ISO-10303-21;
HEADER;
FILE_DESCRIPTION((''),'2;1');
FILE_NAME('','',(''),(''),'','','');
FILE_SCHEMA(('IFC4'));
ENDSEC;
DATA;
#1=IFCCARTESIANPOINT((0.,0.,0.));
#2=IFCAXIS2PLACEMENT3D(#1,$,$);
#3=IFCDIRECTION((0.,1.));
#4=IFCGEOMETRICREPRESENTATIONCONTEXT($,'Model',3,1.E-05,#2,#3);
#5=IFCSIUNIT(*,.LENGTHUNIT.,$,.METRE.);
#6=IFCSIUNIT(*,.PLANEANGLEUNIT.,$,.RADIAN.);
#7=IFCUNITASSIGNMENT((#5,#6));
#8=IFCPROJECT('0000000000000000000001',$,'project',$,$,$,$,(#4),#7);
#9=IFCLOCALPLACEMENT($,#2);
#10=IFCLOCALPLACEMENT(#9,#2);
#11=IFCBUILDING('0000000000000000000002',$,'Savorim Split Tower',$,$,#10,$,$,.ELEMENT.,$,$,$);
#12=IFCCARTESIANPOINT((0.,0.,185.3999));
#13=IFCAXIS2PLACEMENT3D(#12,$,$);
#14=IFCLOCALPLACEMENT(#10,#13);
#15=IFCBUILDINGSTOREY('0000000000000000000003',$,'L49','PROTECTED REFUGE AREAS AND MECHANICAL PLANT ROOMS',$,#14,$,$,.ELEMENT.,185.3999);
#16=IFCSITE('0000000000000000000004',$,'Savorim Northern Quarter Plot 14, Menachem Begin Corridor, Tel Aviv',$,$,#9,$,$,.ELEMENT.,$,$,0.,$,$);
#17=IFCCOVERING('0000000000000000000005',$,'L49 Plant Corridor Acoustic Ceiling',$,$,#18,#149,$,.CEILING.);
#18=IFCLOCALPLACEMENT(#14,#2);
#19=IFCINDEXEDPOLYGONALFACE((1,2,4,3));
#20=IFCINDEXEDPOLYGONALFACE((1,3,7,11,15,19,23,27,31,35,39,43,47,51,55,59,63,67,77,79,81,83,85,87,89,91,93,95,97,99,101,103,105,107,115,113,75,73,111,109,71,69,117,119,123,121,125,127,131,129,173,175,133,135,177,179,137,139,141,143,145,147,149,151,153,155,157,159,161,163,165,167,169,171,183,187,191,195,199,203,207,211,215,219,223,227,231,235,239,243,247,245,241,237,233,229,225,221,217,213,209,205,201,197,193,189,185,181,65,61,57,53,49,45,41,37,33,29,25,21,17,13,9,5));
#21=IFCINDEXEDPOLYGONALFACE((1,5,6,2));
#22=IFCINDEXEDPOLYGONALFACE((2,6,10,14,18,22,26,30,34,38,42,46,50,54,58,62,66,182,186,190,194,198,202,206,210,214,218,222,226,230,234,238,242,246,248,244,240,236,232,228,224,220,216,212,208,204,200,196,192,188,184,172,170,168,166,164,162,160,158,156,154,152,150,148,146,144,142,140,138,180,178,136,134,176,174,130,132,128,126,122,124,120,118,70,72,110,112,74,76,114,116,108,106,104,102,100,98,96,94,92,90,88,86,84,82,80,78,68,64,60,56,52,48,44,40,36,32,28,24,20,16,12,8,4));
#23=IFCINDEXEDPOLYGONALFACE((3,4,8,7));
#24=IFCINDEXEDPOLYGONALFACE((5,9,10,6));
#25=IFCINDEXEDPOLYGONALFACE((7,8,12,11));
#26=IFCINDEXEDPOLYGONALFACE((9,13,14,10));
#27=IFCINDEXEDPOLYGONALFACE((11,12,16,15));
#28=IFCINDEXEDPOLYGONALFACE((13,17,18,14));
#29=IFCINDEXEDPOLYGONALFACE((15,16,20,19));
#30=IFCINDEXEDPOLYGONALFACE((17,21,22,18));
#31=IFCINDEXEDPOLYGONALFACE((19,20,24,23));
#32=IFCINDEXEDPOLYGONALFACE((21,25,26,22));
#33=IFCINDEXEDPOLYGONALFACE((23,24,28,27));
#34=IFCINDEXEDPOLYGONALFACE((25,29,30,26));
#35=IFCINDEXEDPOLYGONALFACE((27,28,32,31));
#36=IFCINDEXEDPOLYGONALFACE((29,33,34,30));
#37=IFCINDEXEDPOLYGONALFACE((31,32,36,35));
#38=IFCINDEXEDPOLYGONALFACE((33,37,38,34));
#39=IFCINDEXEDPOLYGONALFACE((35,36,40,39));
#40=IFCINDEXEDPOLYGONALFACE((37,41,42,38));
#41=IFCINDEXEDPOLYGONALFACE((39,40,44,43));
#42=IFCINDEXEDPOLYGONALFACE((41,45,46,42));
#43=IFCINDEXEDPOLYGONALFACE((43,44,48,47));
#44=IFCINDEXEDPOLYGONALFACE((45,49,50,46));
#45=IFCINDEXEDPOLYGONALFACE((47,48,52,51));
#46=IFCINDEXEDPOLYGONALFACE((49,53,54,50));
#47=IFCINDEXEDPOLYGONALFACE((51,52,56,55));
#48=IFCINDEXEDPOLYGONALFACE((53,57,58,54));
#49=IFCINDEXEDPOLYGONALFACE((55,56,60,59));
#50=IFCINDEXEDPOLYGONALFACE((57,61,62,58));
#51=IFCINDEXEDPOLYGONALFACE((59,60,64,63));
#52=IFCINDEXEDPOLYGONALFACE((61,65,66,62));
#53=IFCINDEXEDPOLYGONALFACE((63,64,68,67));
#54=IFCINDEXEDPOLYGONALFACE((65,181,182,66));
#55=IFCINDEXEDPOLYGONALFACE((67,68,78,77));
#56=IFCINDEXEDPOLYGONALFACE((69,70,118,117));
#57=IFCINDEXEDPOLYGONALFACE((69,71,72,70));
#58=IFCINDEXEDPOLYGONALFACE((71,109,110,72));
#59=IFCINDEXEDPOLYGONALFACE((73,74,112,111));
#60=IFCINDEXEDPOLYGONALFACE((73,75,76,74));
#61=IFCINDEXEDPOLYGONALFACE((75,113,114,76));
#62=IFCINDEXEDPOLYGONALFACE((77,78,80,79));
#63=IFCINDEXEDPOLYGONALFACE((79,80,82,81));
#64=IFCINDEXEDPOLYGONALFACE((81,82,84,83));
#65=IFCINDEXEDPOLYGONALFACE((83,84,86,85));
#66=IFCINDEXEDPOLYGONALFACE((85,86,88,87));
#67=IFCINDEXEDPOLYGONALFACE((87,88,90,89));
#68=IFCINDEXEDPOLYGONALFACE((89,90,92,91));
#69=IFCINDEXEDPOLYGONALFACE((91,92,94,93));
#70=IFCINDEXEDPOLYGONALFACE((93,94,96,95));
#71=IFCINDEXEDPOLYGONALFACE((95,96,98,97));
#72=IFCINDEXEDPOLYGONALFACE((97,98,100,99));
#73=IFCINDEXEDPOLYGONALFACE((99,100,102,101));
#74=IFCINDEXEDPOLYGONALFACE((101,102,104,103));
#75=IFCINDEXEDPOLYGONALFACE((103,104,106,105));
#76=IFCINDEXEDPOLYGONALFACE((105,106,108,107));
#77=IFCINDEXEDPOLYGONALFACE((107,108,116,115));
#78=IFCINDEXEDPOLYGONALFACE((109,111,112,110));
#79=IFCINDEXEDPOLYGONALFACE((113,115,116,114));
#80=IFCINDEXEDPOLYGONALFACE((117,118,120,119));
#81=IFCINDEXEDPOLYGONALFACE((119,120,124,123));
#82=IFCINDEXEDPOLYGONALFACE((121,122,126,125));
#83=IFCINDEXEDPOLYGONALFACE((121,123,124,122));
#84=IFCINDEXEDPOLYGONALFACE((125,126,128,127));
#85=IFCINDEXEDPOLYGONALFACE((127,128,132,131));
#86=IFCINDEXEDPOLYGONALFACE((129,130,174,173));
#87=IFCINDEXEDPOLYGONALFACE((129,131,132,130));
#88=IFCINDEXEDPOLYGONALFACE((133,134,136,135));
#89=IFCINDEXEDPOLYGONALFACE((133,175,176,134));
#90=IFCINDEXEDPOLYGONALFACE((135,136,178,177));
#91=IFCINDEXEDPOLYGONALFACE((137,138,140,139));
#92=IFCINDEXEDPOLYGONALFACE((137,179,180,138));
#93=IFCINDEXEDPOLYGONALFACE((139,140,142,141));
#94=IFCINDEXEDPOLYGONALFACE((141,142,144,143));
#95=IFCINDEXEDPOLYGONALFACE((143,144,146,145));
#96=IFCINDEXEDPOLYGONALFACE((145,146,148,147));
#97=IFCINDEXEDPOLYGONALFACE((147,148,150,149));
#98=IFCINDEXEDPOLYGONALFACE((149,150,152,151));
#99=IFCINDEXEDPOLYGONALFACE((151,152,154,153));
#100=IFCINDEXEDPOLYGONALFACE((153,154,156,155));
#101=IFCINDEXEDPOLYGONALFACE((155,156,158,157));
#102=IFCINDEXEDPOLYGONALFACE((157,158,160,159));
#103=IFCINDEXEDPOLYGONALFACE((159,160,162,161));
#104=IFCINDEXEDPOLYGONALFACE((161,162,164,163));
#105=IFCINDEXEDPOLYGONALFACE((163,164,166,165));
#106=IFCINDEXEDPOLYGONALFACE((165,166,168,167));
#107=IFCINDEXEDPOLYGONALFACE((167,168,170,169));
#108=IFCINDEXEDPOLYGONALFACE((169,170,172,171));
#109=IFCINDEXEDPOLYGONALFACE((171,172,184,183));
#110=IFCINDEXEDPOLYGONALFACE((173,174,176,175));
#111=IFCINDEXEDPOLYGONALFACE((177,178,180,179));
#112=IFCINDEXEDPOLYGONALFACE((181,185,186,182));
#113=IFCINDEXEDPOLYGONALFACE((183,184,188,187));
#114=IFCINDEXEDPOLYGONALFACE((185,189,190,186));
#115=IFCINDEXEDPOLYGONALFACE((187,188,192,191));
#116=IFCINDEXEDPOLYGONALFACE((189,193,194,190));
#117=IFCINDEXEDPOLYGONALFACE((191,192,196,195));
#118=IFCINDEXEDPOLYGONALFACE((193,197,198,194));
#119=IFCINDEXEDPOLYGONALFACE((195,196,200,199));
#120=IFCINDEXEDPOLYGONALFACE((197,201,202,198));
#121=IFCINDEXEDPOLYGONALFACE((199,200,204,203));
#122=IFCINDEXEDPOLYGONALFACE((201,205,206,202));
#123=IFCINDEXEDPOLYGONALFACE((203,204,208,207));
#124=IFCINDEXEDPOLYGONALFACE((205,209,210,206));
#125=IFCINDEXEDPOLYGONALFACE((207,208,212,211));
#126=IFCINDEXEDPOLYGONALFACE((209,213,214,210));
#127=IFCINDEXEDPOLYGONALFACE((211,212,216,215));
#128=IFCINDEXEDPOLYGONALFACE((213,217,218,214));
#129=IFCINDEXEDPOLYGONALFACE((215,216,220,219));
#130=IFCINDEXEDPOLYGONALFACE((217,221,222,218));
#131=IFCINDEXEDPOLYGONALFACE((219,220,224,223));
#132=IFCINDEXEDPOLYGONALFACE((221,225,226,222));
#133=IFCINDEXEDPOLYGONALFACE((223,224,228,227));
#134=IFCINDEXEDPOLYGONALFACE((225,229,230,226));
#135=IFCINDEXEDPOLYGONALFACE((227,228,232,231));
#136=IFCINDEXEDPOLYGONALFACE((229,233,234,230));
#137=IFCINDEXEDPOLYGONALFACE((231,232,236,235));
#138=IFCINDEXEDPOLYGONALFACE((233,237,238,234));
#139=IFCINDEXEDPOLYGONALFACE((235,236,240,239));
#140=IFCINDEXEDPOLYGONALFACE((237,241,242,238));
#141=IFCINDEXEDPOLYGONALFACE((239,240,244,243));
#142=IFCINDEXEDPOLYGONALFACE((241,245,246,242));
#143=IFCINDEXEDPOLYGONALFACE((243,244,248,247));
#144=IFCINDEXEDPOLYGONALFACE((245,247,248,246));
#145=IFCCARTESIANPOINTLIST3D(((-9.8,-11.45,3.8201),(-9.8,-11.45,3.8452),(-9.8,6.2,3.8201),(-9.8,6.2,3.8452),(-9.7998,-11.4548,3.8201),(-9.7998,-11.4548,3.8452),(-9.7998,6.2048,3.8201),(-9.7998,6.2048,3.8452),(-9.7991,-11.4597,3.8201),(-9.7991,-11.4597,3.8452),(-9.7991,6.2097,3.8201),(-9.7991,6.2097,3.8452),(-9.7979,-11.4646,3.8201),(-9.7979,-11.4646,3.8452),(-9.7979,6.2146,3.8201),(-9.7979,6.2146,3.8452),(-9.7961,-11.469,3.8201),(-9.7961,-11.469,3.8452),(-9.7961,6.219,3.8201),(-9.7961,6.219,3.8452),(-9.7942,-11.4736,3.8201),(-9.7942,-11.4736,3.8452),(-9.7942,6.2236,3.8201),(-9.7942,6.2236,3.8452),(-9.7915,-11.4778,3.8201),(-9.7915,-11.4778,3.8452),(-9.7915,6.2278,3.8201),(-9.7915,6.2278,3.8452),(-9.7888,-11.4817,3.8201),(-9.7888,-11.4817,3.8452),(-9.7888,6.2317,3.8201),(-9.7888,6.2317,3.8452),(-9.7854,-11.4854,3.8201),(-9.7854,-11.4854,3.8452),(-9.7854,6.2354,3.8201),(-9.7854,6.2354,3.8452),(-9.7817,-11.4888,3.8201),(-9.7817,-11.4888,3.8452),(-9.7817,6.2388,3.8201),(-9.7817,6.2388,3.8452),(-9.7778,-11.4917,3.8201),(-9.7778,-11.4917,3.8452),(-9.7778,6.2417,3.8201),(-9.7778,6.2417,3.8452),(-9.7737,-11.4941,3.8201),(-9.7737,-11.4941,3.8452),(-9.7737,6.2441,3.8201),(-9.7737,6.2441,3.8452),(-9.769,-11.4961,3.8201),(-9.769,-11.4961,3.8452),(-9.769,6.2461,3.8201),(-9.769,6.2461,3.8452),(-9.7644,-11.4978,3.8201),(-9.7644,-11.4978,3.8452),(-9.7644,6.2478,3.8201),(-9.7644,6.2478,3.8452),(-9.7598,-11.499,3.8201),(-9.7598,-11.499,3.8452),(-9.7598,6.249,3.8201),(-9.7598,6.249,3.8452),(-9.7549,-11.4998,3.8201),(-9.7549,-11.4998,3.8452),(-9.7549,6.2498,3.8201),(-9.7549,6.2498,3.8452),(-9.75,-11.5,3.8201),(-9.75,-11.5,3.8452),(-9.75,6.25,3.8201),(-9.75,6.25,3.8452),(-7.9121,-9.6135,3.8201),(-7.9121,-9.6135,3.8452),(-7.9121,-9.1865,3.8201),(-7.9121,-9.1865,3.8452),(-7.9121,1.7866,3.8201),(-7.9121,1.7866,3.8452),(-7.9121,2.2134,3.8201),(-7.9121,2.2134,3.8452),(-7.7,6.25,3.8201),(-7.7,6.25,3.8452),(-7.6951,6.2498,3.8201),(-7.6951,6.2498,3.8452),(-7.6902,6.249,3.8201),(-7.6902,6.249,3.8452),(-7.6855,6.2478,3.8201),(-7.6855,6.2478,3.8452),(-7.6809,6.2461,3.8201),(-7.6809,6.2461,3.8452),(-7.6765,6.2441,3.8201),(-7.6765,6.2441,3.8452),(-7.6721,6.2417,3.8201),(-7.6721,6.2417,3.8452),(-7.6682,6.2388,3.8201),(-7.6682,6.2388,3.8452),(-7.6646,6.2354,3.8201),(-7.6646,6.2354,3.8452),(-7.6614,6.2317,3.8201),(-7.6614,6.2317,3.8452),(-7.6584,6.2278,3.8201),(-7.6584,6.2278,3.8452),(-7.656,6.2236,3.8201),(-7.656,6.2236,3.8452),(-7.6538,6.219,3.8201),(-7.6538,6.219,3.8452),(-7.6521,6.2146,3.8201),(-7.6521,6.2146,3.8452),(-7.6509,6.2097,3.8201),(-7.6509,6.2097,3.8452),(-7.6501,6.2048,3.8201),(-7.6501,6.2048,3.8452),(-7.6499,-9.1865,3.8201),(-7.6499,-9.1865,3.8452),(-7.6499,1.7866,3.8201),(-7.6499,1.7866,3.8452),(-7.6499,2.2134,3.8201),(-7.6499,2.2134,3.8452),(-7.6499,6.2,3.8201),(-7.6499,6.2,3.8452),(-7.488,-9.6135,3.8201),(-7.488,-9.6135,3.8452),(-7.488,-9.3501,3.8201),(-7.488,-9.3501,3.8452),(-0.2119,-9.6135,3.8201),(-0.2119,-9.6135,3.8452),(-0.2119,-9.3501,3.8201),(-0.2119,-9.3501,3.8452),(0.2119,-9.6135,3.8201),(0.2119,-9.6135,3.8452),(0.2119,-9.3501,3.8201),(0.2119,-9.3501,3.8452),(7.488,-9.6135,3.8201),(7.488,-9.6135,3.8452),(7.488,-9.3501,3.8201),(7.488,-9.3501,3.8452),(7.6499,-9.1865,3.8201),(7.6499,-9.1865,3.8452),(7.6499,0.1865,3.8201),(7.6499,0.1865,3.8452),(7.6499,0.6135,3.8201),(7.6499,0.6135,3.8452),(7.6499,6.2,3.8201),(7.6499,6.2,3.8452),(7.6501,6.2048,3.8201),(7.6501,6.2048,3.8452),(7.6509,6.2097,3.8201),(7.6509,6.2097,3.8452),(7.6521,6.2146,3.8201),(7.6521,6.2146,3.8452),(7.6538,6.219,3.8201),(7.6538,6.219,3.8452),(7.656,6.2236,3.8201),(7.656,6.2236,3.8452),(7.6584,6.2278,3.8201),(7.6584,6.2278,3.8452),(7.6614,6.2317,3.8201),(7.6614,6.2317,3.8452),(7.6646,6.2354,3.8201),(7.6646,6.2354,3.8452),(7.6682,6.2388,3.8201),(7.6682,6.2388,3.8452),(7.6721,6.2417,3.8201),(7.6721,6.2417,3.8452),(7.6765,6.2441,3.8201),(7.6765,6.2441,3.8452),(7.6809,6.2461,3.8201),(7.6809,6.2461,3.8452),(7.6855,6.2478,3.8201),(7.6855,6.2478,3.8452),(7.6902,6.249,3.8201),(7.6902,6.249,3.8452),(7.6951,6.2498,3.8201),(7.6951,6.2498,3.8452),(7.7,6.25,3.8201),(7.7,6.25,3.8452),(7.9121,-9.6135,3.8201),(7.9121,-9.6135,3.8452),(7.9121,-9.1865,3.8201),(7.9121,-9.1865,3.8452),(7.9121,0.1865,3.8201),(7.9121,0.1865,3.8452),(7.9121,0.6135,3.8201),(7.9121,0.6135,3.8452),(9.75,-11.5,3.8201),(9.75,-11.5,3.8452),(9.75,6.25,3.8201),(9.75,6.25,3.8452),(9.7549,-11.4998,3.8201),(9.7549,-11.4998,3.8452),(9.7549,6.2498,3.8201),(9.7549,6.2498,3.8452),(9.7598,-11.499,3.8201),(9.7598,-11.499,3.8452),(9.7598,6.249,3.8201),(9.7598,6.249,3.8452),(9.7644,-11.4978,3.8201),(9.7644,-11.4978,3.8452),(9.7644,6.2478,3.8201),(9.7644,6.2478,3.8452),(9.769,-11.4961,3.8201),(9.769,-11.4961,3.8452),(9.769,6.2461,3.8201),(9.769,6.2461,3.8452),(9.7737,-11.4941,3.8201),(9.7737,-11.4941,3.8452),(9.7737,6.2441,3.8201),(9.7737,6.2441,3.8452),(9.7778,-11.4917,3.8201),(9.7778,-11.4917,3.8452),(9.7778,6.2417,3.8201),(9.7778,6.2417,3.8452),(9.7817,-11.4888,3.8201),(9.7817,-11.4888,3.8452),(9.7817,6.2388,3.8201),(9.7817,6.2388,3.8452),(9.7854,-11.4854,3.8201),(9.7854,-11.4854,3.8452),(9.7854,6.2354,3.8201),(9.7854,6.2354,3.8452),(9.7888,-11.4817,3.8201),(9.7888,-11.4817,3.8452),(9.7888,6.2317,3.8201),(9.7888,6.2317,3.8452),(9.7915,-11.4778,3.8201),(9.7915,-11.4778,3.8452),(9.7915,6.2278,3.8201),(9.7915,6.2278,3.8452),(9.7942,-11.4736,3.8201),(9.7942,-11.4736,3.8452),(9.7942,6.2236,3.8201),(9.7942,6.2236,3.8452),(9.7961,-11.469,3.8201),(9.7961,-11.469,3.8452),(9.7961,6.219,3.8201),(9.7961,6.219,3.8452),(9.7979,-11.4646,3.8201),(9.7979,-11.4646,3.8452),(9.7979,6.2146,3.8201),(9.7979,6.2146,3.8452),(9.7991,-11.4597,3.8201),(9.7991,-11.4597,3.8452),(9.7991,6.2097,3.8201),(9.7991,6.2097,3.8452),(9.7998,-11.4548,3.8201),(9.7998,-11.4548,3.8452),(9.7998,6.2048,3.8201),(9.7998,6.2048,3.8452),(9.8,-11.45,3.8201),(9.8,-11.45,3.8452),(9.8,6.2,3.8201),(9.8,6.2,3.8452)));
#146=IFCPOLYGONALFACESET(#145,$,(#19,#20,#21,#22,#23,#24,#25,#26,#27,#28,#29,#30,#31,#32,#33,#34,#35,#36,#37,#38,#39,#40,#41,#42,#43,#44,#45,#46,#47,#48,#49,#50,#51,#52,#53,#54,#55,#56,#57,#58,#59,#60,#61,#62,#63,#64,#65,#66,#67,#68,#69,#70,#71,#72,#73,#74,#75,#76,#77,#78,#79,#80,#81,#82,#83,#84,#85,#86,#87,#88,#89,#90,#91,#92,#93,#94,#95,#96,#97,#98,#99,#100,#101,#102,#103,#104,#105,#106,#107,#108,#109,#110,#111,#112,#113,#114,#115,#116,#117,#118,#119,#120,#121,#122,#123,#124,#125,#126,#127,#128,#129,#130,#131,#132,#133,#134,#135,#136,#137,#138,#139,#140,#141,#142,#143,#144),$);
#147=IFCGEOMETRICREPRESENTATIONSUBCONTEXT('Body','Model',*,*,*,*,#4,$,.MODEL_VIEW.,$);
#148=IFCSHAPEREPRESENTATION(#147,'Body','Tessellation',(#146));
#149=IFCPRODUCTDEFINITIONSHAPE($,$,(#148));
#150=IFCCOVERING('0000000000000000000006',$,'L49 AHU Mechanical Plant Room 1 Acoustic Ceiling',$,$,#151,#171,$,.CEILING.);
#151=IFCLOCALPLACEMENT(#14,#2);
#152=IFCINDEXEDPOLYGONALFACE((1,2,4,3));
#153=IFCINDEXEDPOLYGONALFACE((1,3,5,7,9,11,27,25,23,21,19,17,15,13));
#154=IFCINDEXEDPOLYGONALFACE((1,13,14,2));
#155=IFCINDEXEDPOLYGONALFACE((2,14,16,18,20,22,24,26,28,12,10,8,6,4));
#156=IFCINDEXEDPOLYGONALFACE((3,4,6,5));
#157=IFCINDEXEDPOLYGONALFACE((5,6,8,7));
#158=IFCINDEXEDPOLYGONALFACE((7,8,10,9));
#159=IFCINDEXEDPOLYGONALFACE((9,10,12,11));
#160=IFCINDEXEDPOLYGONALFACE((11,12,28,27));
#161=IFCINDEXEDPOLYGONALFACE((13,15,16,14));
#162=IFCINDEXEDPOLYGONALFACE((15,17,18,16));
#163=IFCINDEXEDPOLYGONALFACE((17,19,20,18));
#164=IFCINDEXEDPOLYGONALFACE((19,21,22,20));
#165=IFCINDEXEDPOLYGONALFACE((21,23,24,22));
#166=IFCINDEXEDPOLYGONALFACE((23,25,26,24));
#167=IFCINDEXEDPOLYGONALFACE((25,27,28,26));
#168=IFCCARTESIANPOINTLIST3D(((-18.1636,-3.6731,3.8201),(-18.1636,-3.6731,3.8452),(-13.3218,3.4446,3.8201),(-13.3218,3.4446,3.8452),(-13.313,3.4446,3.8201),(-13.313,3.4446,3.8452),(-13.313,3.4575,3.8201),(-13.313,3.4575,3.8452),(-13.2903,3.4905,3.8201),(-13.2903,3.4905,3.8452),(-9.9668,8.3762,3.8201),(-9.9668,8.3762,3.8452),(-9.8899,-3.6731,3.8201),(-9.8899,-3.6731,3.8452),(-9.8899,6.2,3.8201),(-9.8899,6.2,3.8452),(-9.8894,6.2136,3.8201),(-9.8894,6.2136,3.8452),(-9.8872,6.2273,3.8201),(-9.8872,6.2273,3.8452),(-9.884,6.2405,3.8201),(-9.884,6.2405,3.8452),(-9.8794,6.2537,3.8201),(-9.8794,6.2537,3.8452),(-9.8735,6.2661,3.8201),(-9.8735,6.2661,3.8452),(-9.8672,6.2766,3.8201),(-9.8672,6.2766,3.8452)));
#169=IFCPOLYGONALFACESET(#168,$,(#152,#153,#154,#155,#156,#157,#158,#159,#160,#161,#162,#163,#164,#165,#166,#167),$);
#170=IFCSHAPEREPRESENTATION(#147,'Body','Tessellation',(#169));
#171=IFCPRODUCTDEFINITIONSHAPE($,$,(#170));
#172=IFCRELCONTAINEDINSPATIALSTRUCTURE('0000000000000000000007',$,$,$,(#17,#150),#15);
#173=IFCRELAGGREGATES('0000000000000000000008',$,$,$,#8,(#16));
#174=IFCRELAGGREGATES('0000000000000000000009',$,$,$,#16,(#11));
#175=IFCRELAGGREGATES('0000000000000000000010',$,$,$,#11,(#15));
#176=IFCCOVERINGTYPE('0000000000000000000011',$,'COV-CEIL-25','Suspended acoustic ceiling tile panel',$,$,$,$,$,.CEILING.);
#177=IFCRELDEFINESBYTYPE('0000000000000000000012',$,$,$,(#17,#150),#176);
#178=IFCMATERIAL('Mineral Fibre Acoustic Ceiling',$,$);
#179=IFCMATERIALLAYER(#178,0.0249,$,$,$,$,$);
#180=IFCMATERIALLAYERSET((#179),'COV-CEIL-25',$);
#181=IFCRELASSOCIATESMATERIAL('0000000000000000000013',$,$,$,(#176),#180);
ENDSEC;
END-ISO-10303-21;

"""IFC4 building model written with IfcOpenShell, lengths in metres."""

from ifc_helpers import new_model, si_unit, direction, frame, origin, place, context, subcontext, project, spatial, polyline, outline, extrude, material, layer, layer_set, type_object, element, save


model = new_model("IFC4")

# Units and contexts
model_context = context("Model", 3, precision=1e-05, world=origin(), true_north=direction((0.0, 1.0)))
body_context = subcontext(model_context, "Body", "Model", "MODEL_VIEW")
ifc_project = project(units=[si_unit("LENGTHUNIT", "METRE"), si_unit("PLANEANGLEUNIT", "RADIAN")], contexts=[model_context])

# Site, building, storey
site_placement = place(None, origin())
site = spatial("IfcSite", under=ifc_project, at=site_placement, Name="Savorim Northern Quarter Plot 14, Menachem Begin Corridor, Tel Aviv", CompositionType="ELEMENT", RefElevation=0.0)
building_placement = place(site_placement, origin())
building = spatial("IfcBuilding", under=site, at=building_placement, Name="Savorim Split Tower", CompositionType="ELEMENT")
storey_placement = place(building_placement, frame((0.0, 0.0, 185.3999)))
storey = spatial("IfcBuildingStorey", under=building, at=storey_placement, Name="L49", Description="PROTECTED REFUGE AREAS AND MECHANICAL PLANT ROOMS", CompositionType="ELEMENT", Elevation=185.3999)

# Coverings
ifc_material_1 = material(Name="Mineral Fibre Acoustic Ceiling")
ifc_layer_1 = layer(ifc_material_1, 0.0249)
ifc_layer_set_1 = layer_set([ifc_layer_1], Name="COV-CEIL-25")
covering_type_1 = type_object("IfcCoveringType", Name="COV-CEIL-25", Description="Suspended acoustic ceiling tile panel", PredefinedType="CEILING", material=ifc_layer_set_1)
covering_1_placement = place(storey_placement, frame((0.0, 0.0, 3.8201)))
element("IfcCovering", 1, at=covering_1_placement, inside=storey, type_object=covering_type_1, Name="L49 Plant Corridor Acoustic Ceiling", PredefinedType="CEILING", context=body_context, shape_type="SweptSolid", body=[
    extrude(outline(polyline([(7.9121, 0.1865), (7.6499, 0.1865), (7.6499, -9.1865), (7.9121, -9.1865), (7.9121, -9.6135), (7.488, -9.6135), (7.488, -9.3501), (0.2119, -9.3501), (0.2119, -9.6135), (-0.2119, -9.6135), (-0.2119, -9.3501), (-7.488, -9.3501), (-7.488, -9.6135), (-7.9121, -9.6135), (-7.9121, -9.1865), (-7.6499, -9.1865), (-7.6499, 1.7866), (-7.9121, 1.7866), (-7.9121, 2.2134), (-7.6499, 2.2134), (-7.6499, 6.2), (-7.6501, 6.2048), (-7.6509, 6.2097), (-7.6521, 6.2146), (-7.6538, 6.219), (-7.656, 6.2236), (-7.6584, 6.2278), (-7.6614, 6.2317), (-7.6646, 6.2354), (-7.6682, 6.2388), (-7.6721, 6.2417), (-7.6765, 6.2441), (-7.6809, 6.2461), (-7.6855, 6.2478), (-7.6902, 6.249), (-7.6951, 6.2498), (-7.7, 6.25), (-9.75, 6.25), (-9.7549, 6.2498), (-9.7598, 6.249), (-9.7644, 6.2478), (-9.769, 6.2461), (-9.7737, 6.2441), (-9.7778, 6.2417), (-9.7817, 6.2388), (-9.7854, 6.2354), (-9.7888, 6.2317), (-9.7915, 6.2278), (-9.7942, 6.2236), (-9.7961, 6.219), (-9.7979, 6.2146), (-9.7991, 6.2097), (-9.7998, 6.2048), (-9.8, 6.2), (-9.8, -11.45), (-9.7998, -11.4548), (-9.7991, -11.4597), (-9.7979, -11.4646), (-9.7961, -11.469), (-9.7942, -11.4736), (-9.7915, -11.4778), (-9.7888, -11.4817), (-9.7854, -11.4854), (-9.7817, -11.4888), (-9.7778, -11.4917), (-9.7737, -11.4941), (-9.769, -11.4961), (-9.7644, -11.4978), (-9.7598, -11.499), (-9.7549, -11.4998), (-9.75, -11.5), (9.75, -11.5), (9.7549, -11.4998), (9.7598, -11.499), (9.7644, -11.4978), (9.769, -11.4961), (9.7737, -11.4941), (9.7778, -11.4917), (9.7817, -11.4888), (9.7854, -11.4854), (9.7888, -11.4817), (9.7915, -11.4778), (9.7942, -11.4736), (9.7961, -11.469), (9.7979, -11.4646), (9.7991, -11.4597), (9.7998, -11.4548), (9.8, -11.45), (9.8, 6.2), (9.7998, 6.2048), (9.7991, 6.2097), (9.7979, 6.2146), (9.7961, 6.219), (9.7942, 6.2236), (9.7915, 6.2278), (9.7888, 6.2317), (9.7854, 6.2354), (9.7817, 6.2388), (9.7778, 6.2417), (9.7737, 6.2441), (9.769, 6.2461), (9.7644, 6.2478), (9.7598, 6.249), (9.7549, 6.2498), (9.75, 6.25), (7.7, 6.25), (7.6951, 6.2498), (7.6902, 6.249), (7.6855, 6.2478), (7.6809, 6.2461), (7.6765, 6.2441), (7.6721, 6.2417), (7.6682, 6.2388), (7.6646, 6.2354), (7.6614, 6.2317), (7.6584, 6.2278), (7.656, 6.2236), (7.6538, 6.219), (7.6521, 6.2146), (7.6509, 6.2097), (7.6501, 6.2048), (7.6499, 6.2), (7.6499, 0.6135), (7.9121, 0.6135), (7.9121, 0.1865)])), origin(), (0.0, 0.0, 1.0), 0.0251),
])
covering_2_placement = place(storey_placement, frame((0.0, 0.0, 3.8201)))
element("IfcCovering", 2, at=covering_2_placement, inside=storey, type_object=covering_type_1, Name="L49 AHU Mechanical Plant Room 1 Acoustic Ceiling", PredefinedType="CEILING", context=body_context, shape_type="SweptSolid", body=[
    extrude(outline(polyline([(-9.8735, 6.2661), (-9.8672, 6.2766), (-9.9668, 8.3762), (-13.2903, 3.4905), (-13.313, 3.4575), (-13.313, 3.4446), (-13.3218, 3.4446), (-18.1636, -3.6731), (-9.8899, -3.6731), (-9.8899, 6.2), (-9.8894, 6.2136), (-9.8872, 6.2273), (-9.884, 6.2405), (-9.8794, 6.2537), (-9.8735, 6.2661)])), origin(), (0.0, 0.0, 1.0), 0.0251),
])

save(model, "model.ifc")
